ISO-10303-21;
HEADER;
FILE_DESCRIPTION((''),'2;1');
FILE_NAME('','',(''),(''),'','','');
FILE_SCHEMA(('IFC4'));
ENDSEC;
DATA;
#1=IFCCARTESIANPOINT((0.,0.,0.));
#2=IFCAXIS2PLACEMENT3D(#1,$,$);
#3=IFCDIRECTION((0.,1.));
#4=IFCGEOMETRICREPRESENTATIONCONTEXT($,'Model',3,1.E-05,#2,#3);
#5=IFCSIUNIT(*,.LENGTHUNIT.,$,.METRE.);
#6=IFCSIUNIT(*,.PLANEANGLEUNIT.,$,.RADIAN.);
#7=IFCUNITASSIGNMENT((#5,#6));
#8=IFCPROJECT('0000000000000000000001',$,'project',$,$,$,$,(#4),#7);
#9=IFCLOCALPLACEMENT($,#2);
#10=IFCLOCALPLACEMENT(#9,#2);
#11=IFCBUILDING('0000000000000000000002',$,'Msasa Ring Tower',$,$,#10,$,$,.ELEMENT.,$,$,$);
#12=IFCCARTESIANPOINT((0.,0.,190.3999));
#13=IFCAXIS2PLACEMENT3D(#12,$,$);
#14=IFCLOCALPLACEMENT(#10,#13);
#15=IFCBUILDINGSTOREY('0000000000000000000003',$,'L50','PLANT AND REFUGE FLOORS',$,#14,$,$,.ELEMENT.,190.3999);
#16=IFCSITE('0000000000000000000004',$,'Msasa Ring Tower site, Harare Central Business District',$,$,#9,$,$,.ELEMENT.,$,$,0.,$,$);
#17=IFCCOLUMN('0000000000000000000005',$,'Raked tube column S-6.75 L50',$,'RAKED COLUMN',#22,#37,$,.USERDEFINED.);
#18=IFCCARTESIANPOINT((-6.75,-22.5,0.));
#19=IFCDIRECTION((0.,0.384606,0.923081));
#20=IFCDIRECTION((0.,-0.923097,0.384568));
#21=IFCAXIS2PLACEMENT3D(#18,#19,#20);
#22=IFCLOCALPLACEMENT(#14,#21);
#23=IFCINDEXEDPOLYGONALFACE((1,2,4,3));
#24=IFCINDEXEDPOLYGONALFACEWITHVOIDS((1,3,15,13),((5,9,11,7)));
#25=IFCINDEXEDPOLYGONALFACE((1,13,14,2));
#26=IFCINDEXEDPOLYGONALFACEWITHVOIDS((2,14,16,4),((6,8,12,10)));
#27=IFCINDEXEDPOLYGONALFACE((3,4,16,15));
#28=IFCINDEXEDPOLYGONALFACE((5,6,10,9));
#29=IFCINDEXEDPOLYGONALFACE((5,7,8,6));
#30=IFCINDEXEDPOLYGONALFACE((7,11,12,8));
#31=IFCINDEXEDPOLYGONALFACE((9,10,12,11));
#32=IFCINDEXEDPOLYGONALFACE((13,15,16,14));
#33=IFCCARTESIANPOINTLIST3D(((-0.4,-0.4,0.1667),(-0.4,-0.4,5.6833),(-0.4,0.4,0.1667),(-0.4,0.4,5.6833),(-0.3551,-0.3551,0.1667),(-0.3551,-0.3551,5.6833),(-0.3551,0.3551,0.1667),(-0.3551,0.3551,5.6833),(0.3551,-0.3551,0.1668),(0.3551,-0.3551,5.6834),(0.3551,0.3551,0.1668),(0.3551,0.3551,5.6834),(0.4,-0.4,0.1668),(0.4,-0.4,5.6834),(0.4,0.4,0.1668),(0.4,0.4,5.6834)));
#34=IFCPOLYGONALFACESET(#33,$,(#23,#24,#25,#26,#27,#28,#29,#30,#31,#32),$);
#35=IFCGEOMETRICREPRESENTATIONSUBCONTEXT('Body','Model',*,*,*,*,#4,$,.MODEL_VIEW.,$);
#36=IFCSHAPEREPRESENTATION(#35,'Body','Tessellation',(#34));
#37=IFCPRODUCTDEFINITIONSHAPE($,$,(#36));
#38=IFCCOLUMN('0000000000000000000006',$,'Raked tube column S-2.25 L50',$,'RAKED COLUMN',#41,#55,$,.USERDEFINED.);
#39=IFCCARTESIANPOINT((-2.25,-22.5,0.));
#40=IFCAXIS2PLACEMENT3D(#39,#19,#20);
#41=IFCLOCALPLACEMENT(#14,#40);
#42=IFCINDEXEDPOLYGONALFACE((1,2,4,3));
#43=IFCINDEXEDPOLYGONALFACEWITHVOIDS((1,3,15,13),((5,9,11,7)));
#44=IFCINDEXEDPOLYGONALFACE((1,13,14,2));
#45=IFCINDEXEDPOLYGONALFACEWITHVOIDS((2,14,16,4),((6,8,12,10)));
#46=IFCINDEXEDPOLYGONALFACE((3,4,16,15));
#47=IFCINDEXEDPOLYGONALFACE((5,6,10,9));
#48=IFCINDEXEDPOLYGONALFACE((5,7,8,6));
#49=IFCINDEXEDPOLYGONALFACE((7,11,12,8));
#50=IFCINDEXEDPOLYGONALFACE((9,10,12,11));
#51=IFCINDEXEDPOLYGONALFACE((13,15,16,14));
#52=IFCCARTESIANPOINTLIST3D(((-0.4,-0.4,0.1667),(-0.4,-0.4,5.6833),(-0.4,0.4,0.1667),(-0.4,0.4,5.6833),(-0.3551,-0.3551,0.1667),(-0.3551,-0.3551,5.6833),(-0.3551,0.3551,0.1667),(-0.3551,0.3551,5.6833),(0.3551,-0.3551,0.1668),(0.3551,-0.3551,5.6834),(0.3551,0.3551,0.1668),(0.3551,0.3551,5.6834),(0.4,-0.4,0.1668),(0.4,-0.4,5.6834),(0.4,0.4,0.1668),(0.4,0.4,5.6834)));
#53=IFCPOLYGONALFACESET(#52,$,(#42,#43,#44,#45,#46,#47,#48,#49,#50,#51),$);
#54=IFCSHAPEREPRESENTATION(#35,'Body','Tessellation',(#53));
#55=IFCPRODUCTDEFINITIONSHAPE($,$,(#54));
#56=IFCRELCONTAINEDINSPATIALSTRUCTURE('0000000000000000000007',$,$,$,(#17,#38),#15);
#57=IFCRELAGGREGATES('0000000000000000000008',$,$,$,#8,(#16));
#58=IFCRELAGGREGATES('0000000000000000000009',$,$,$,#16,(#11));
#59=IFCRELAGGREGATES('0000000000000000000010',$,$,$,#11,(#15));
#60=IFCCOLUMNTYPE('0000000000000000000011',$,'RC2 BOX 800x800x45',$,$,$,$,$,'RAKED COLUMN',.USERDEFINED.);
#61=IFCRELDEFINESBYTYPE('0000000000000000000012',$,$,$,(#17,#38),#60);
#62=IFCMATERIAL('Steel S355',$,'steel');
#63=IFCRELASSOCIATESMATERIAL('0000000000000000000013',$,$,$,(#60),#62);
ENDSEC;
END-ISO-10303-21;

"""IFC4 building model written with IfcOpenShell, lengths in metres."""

from ifc_helpers import new_model, si_unit, direction, frame, origin, origin_2d, place, context, subcontext, project, spatial, hollow_rectangle, extrude, clip, halfspace, material, material_profile, profile_set, type_object, element, save


model = new_model("IFC4")

# Units and contexts
model_context = context("Model", 3, precision=1e-05, world=origin(), true_north=direction((0.0, 1.0)))
body_context = subcontext(model_context, "Body", "Model", "MODEL_VIEW")
ifc_project = project(units=[si_unit("LENGTHUNIT", "METRE"), si_unit("PLANEANGLEUNIT", "RADIAN")], contexts=[model_context])

# Site, building, storey
site_placement = place(None, origin())
site = spatial("IfcSite", under=ifc_project, at=site_placement, Name="Msasa Ring Tower site, Harare Central Business District", CompositionType="ELEMENT", RefElevation=0.0)
building_placement = place(site_placement, origin())
building = spatial("IfcBuilding", under=site, at=building_placement, Name="Msasa Ring Tower", CompositionType="ELEMENT")
storey_placement = place(building_placement, frame((0.0, 0.0, 190.3999)))
storey = spatial("IfcBuildingStorey", under=building, at=storey_placement, Name="L50", Description="PLANT AND REFUGE FLOORS", CompositionType="ELEMENT", Elevation=190.3999)

# Columns
ifc_material_1 = material(Name="Steel S355", Category="steel")
ifc_material_profile_1 = material_profile(ifc_material_1, hollow_rectangle(XDim=0.8, YDim=0.8, WallThickness=0.0449, at=origin_2d()), Name="BOX 800x800x45")
ifc_profile_set_1 = profile_set([ifc_material_profile_1], Name="Steel S355")
column_type = type_object("IfcColumnType", Name="RC2 BOX 800x800x45", ElementType="RAKED COLUMN", PredefinedType="USERDEFINED", material=ifc_profile_set_1)
for number, where, z_axis, x_axis, name in (
    (1, (-6.75, -22.5, 0.0), (0.0, 0.384606, 0.923081), (0.0, -0.923097, 0.384568), "Raked tube column S-6.75 L50"),
    (2, (-2.25, -22.5, 0.0), (0.0, 0.384606, 0.923081), (0.0, -0.923097, 0.384568), "Raked tube column S-2.25 L50"),
):
    element("IfcColumn", number, at=place(storey_placement, frame(where, z_axis=z_axis, x_axis=x_axis)), inside=storey, type_object=column_type, Name=name, ObjectType="RAKED COLUMN", PredefinedType="USERDEFINED", context=body_context, shape_type="Clipping", body=[
        clip(clip(extrude(hollow_rectangle(XDim=0.8, YDim=0.8, WallThickness=0.0449, at=origin_2d()), origin(), (0.0, 0.0, 1.0), 5.8501), halfspace(frame((0.0, 0.0, 0.1667), z_axis=(0.0, 0.0, 1.0)), True)), halfspace(frame((0.0, 0.0, 5.6833), z_axis=(0.0, 0.0, -1.0)), True)),
    ])

save(model, "model.ifc")
